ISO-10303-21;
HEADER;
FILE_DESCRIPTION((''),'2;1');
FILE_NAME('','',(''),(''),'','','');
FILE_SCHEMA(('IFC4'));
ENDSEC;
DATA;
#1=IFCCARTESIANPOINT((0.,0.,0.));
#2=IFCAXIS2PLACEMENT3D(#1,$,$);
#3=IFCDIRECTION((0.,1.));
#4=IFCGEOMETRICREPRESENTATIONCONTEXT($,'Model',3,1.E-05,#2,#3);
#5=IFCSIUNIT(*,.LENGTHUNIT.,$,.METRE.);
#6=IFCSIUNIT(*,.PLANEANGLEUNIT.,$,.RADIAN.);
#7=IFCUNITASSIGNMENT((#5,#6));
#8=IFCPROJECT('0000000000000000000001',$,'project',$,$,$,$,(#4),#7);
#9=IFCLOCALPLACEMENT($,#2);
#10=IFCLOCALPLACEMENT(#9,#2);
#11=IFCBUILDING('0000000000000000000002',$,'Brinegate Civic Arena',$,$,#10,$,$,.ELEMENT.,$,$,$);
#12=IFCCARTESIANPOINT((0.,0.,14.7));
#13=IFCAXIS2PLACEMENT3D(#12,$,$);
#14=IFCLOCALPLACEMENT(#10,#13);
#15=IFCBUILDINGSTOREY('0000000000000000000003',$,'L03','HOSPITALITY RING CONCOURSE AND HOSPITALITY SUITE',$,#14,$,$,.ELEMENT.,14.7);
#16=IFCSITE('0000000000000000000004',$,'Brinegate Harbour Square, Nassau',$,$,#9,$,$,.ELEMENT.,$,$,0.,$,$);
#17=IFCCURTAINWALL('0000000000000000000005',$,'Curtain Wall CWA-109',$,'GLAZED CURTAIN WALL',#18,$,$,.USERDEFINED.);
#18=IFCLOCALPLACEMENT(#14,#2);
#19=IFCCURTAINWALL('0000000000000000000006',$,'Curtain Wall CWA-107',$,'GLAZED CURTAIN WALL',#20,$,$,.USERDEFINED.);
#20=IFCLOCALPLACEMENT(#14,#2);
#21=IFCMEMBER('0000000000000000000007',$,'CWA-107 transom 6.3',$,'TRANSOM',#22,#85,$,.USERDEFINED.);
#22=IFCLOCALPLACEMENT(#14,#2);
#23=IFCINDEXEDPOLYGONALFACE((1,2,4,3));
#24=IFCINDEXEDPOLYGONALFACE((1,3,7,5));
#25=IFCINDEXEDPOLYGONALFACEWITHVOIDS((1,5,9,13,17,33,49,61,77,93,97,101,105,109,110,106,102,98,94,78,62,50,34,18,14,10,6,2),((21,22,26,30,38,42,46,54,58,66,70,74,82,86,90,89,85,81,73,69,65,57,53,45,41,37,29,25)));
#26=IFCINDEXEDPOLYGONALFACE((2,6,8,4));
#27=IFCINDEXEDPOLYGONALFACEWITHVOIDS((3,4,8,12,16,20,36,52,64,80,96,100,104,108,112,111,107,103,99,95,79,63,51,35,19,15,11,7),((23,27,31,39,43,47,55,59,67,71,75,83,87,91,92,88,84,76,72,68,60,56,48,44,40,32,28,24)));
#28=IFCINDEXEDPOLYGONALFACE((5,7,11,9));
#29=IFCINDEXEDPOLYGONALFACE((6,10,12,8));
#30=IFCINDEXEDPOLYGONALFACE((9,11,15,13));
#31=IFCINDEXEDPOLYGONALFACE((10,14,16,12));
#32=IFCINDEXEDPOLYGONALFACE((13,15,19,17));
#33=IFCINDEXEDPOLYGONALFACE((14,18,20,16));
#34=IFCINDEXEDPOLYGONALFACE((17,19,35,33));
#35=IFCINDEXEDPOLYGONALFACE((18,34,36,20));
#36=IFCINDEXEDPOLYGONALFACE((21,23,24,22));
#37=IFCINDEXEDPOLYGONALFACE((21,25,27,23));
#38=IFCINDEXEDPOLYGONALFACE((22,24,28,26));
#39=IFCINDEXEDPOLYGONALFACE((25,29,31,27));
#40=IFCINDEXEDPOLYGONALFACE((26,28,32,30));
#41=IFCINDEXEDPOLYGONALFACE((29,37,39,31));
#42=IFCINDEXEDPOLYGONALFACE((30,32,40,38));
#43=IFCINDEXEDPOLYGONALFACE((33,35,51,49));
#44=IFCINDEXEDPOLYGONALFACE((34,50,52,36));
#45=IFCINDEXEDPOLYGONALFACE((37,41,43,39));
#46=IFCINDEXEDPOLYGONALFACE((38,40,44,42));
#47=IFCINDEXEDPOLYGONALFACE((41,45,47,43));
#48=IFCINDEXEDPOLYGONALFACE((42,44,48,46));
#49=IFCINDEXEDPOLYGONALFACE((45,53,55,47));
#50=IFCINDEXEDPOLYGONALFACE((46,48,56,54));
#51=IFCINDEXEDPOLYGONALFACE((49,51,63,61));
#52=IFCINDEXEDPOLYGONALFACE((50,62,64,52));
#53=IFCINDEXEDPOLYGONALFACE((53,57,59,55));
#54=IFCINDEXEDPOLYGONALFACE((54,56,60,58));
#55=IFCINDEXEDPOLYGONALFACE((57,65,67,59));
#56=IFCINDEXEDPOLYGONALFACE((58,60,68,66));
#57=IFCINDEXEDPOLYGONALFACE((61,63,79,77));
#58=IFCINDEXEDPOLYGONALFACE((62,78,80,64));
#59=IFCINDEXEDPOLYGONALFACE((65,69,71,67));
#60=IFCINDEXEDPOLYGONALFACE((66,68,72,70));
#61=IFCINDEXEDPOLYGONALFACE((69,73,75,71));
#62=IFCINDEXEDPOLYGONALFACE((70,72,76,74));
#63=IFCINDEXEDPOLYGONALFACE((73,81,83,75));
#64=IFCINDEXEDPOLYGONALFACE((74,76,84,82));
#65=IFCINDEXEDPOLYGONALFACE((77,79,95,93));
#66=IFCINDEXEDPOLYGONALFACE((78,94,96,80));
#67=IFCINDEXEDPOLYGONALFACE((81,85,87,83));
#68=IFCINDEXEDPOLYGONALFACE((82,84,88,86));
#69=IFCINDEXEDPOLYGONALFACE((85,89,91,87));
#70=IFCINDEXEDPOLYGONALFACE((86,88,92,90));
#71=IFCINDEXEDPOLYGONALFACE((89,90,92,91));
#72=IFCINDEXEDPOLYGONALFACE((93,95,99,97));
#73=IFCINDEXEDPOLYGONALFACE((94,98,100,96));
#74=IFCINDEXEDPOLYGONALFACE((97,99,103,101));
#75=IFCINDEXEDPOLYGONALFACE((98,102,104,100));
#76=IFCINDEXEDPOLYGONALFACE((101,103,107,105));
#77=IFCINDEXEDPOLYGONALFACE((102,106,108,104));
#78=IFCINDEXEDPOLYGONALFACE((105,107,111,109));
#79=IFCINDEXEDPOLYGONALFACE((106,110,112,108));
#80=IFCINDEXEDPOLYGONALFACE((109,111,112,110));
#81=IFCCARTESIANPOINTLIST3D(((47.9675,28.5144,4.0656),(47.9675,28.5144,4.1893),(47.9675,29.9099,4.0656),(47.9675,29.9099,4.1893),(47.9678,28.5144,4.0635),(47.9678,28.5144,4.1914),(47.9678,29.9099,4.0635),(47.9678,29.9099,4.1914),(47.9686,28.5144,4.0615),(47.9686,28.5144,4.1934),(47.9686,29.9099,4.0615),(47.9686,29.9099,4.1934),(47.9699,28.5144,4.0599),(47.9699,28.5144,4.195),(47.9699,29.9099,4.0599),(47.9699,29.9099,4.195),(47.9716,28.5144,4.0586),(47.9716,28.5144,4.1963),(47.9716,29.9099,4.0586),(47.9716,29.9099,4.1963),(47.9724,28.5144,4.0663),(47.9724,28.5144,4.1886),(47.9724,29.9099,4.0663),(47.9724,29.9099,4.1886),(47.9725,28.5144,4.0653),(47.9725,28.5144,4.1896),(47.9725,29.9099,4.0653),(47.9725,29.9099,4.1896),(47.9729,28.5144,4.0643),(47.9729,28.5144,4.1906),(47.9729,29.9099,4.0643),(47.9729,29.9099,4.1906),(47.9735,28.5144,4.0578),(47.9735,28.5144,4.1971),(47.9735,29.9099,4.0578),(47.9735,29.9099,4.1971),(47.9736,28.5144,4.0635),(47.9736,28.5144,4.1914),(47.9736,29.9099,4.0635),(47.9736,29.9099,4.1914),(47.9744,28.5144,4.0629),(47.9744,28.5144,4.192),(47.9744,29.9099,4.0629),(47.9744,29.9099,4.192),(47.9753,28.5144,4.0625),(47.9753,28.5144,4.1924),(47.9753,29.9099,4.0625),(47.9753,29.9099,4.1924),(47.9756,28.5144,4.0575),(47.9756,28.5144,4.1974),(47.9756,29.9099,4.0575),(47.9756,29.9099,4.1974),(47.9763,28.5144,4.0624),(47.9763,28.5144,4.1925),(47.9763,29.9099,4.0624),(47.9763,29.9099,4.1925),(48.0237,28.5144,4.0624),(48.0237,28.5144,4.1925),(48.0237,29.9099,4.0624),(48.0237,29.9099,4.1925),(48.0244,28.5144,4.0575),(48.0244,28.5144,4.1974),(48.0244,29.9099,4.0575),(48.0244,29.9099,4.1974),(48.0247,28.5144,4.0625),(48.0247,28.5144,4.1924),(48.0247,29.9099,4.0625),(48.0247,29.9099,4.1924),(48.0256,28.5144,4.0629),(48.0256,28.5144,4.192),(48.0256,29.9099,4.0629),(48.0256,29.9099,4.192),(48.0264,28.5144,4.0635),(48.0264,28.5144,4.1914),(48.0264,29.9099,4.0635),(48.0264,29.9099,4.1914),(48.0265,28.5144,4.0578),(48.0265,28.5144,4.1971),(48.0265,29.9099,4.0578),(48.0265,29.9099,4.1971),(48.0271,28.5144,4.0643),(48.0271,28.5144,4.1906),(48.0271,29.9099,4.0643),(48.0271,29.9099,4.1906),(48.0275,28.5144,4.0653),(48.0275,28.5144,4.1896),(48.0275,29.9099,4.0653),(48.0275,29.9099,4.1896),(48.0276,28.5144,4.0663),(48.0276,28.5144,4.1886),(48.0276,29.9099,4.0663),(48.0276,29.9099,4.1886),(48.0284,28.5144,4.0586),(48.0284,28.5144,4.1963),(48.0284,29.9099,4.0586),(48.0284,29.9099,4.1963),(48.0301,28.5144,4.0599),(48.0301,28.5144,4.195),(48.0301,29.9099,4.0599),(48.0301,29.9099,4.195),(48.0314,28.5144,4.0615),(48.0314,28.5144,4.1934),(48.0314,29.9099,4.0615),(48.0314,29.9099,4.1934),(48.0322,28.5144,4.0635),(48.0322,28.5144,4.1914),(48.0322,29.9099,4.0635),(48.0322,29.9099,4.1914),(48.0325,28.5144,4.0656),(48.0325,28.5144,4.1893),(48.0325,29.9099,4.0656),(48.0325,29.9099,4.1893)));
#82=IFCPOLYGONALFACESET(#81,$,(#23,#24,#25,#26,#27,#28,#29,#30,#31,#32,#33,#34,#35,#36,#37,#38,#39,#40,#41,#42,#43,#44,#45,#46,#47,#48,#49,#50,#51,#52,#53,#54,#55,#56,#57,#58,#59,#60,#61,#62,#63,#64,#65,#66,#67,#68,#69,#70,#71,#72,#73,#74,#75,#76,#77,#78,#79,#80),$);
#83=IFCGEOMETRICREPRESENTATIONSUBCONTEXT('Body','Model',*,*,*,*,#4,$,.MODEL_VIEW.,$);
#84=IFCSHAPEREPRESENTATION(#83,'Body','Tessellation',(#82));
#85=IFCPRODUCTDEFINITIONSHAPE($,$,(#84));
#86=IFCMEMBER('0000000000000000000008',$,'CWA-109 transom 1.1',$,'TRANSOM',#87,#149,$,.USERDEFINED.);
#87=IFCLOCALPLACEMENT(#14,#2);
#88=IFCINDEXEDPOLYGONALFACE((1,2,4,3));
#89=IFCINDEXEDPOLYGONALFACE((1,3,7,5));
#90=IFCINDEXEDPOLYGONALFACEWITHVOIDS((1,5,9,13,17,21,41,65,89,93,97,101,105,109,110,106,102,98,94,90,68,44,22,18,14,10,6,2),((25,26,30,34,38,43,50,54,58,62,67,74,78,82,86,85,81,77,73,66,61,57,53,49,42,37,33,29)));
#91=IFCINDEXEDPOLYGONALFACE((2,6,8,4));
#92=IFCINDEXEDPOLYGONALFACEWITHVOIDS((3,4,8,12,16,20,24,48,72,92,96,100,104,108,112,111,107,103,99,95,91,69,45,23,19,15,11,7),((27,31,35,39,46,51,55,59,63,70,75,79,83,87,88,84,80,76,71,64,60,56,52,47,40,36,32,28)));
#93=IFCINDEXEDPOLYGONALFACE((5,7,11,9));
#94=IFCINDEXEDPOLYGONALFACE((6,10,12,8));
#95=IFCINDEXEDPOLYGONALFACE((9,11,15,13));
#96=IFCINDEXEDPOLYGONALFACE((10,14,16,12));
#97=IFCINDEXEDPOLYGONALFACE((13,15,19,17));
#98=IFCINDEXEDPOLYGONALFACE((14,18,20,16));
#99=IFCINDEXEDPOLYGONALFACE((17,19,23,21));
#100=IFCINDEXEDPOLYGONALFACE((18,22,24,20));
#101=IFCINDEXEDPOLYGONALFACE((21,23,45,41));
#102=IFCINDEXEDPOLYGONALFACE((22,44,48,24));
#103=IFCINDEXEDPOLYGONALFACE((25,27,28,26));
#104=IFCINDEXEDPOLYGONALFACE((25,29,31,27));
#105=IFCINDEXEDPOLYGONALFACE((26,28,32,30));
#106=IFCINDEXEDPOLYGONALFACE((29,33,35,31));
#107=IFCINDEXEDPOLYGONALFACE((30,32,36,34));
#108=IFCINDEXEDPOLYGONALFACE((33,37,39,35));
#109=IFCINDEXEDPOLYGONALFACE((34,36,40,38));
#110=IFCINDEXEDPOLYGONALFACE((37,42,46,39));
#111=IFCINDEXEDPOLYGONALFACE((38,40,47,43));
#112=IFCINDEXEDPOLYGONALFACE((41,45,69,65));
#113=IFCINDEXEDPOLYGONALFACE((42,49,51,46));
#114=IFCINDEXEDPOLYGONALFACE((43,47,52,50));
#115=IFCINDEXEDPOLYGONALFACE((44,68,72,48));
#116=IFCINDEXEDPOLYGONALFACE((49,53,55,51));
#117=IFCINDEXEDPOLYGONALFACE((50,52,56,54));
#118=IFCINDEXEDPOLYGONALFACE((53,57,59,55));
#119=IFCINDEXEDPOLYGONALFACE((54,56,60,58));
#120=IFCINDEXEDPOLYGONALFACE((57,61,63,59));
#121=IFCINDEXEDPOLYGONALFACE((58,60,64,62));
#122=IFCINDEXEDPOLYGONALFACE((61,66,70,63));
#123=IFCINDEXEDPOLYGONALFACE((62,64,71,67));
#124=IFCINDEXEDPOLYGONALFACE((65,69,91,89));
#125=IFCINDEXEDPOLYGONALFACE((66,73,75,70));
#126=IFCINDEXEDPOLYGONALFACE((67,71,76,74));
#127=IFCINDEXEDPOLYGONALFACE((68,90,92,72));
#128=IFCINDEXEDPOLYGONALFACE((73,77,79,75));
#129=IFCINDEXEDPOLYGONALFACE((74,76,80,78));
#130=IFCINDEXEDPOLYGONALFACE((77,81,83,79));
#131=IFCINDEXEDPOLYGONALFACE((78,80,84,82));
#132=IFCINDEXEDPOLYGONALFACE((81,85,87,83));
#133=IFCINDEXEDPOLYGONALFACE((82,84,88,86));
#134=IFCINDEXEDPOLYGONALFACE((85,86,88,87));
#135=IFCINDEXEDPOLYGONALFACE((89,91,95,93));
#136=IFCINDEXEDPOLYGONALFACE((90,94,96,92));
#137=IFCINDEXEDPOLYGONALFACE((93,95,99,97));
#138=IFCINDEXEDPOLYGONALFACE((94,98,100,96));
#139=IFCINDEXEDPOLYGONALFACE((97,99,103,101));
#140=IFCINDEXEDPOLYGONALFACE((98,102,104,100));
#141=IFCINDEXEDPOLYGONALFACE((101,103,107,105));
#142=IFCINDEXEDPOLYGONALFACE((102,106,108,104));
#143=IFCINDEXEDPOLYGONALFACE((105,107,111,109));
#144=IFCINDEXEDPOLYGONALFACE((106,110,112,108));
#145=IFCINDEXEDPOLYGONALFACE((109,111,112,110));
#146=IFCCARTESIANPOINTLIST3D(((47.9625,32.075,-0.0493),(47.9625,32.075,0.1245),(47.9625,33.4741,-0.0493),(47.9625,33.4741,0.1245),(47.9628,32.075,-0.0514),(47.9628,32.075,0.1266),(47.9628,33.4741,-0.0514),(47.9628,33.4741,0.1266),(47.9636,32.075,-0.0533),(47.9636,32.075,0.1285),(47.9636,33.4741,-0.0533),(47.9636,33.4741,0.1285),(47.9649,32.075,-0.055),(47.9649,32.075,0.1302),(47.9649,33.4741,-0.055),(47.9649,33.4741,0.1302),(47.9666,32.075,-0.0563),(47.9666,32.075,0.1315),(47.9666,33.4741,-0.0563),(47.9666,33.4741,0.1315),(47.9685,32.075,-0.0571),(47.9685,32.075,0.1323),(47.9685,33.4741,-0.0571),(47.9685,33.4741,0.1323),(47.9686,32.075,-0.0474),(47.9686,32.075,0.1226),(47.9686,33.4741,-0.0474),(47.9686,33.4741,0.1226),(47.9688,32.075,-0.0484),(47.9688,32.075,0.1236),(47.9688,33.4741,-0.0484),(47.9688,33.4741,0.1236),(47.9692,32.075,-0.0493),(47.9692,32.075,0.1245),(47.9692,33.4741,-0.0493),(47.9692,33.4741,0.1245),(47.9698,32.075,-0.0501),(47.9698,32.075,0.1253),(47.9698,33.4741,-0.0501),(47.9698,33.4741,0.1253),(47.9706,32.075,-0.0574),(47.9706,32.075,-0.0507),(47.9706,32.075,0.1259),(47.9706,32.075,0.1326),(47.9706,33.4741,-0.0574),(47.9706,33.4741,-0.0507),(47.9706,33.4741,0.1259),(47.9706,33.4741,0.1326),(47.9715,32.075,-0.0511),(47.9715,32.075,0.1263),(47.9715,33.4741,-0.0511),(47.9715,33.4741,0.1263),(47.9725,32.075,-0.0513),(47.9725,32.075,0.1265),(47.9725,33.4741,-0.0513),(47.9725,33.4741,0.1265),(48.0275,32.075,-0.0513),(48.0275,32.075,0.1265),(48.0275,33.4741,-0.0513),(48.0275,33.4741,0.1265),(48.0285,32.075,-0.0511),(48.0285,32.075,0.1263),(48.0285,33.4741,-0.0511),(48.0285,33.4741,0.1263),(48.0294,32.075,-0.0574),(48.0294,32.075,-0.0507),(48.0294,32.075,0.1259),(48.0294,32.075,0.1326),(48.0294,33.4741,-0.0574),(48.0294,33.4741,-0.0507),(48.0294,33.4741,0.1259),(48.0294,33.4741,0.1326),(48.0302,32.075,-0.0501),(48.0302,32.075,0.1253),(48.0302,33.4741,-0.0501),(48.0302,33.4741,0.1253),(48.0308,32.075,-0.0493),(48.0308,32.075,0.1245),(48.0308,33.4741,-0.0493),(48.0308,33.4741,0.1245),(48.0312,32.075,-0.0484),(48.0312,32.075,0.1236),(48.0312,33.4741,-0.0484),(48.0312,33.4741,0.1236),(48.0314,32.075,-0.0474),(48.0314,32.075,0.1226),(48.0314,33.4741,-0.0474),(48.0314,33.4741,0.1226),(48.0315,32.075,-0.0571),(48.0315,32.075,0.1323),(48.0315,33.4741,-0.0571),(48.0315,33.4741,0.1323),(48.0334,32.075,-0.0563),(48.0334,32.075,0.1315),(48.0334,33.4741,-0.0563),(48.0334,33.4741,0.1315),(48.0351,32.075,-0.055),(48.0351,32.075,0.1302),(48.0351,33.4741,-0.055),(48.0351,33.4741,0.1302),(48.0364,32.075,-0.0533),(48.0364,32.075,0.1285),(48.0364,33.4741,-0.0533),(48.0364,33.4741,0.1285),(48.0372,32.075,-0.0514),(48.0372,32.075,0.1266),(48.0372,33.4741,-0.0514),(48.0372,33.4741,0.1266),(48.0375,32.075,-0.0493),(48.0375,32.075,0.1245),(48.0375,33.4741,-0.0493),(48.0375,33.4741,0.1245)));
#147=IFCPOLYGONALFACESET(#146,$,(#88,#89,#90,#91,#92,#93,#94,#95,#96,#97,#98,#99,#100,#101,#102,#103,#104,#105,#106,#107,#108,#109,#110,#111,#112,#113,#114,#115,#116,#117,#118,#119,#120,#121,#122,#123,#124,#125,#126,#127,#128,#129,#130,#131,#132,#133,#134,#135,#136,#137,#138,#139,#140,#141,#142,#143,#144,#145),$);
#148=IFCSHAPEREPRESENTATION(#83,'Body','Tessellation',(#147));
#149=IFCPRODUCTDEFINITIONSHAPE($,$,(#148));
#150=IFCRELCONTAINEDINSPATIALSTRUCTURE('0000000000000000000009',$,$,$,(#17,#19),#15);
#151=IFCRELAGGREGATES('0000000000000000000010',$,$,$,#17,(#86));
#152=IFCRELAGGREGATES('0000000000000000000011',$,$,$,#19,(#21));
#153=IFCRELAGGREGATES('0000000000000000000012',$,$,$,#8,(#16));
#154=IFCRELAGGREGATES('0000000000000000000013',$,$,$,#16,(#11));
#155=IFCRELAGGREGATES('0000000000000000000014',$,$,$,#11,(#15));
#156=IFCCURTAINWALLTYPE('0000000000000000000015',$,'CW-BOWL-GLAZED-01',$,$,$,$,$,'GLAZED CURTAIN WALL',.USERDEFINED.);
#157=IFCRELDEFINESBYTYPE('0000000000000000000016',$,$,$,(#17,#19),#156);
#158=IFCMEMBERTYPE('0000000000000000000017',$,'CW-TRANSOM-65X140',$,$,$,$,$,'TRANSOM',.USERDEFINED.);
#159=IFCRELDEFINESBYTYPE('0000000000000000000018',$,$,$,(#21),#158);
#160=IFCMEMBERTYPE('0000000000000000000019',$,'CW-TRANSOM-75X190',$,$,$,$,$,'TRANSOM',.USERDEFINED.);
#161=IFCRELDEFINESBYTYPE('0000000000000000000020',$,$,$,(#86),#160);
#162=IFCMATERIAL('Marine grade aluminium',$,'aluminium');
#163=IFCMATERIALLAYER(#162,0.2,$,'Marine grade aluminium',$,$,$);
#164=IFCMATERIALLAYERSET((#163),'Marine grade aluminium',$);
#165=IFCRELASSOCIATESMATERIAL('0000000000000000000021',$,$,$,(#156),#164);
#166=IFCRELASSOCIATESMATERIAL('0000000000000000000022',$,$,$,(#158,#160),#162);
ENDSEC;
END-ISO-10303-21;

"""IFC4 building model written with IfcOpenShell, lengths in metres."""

from ifc_helpers import new_model, si_unit, direction, frame, origin, origin_2d, place, context, subcontext, project, spatial, hollow_rectangle, extrude, material, layer, layer_set, material_profile, profile_set, type_object, element, aggregate, save


model = new_model("IFC4")

# Units and contexts
model_context = context("Model", 3, precision=1e-05, world=origin(), true_north=direction((0.0, 1.0)))
body_context = subcontext(model_context, "Body", "Model", "MODEL_VIEW")
ifc_project = project(units=[si_unit("LENGTHUNIT", "METRE"), si_unit("PLANEANGLEUNIT", "RADIAN")], contexts=[model_context])

# Site, building, storey
site_placement = place(None, origin())
site = spatial("IfcSite", under=ifc_project, at=site_placement, Name="Brinegate Harbour Square, Nassau", CompositionType="ELEMENT", RefElevation=0.0)
building_placement = place(site_placement, origin())
building = spatial("IfcBuilding", under=site, at=building_placement, Name="Brinegate Civic Arena", CompositionType="ELEMENT")
storey_placement = place(building_placement, frame((0.0, 0.0, 14.7)))
storey = spatial("IfcBuildingStorey", under=building, at=storey_placement, Name="L03", Description="HOSPITALITY RING CONCOURSE AND HOSPITALITY SUITE", CompositionType="ELEMENT", Elevation=14.7)

# Curtain walls, member
ifc_material_1 = material(Name="Marine grade aluminium", Category="aluminium")
ifc_layer_1 = layer(ifc_material_1, 0.2, Name="Marine grade aluminium")
ifc_layer_set_1 = layer_set([ifc_layer_1], Name="Marine grade aluminium")
curtain_wall_type = type_object("IfcCurtainWallType", Name="CW-BOWL-GLAZED-01", ElementType="GLAZED CURTAIN WALL", PredefinedType="USERDEFINED", material=ifc_layer_set_1)
curtain_wall_1_placement = place(storey_placement, origin())
curtain_wall_1 = element("IfcCurtainWall", 1, at=curtain_wall_1_placement, inside=storey, type_object=curtain_wall_type, Name="Curtain Wall CWA-109", ObjectType="GLAZED CURTAIN WALL", PredefinedType="USERDEFINED")
curtain_wall_2_placement = place(storey_placement, origin())
curtain_wall_2 = element("IfcCurtainWall", 2, at=curtain_wall_2_placement, inside=storey, type_object=curtain_wall_type, Name="Curtain Wall CWA-107", ObjectType="GLAZED CURTAIN WALL", PredefinedType="USERDEFINED")
ifc_material_profile_1 = material_profile(ifc_material_1, hollow_rectangle(XDim=0.0649, YDim=0.1399, WallThickness=0.0049, InnerFilletRadius=0.0039, OuterFilletRadius=0.0081, at=origin_2d()), Name="TRN65X140")
ifc_profile_set_1 = profile_set([ifc_material_profile_1], Name="Marine grade aluminium")
member_type_1 = type_object("IfcMemberType", Name="CW-TRANSOM-65X140", ElementType="TRANSOM", PredefinedType="USERDEFINED", material=ifc_profile_set_1)
member_1_placement = place(storey_placement, frame((48.0, 28.5144, 4.1274), z_axis=(0.0, 1.0, 0.0), x_axis=(-1.0, 0.0, 0.0)))
member_1 = element("IfcMember", 3, at=member_1_placement, type_object=member_type_1, Name="CWA-107 transom 6.3", ObjectType="TRANSOM", PredefinedType="USERDEFINED", context=body_context, shape_type="SweptSolid", body=[
    extrude(hollow_rectangle(XDim=0.0649, YDim=0.1399, WallThickness=0.0049, InnerFilletRadius=0.0039, OuterFilletRadius=0.0081, at=origin_2d()), origin(), (0.0, 0.0, 1.0), 1.3955),
])

# Member
ifc_material_profile_2 = material_profile(ifc_material_1, hollow_rectangle(XDim=0.075, YDim=0.1899, WallThickness=0.0061, InnerFilletRadius=0.0039, OuterFilletRadius=0.0081, at=origin_2d()), Name="TRN75X190")
ifc_profile_set_2 = profile_set([ifc_material_profile_2], Name="Marine grade aluminium")
member_type_2 = type_object("IfcMemberType", Name="CW-TRANSOM-75X190", ElementType="TRANSOM", PredefinedType="USERDEFINED", material=ifc_profile_set_2)
member_2_placement = place(storey_placement, frame((48.0, 32.075, 0.0376), z_axis=(0.0, 1.0, 0.0), x_axis=(-1.0, 0.0, 0.0)))
member_2 = element("IfcMember", 4, at=member_2_placement, type_object=member_type_2, Name="CWA-109 transom 1.1", ObjectType="TRANSOM", PredefinedType="USERDEFINED", context=body_context, shape_type="SweptSolid", body=[
    extrude(hollow_rectangle(XDim=0.075, YDim=0.1899, WallThickness=0.0061, InnerFilletRadius=0.0039, OuterFilletRadius=0.0081, at=origin_2d()), origin(), (0.0, 0.0, 1.0), 1.3992),
])

aggregate(curtain_wall_1, [member_2])
aggregate(curtain_wall_2, [member_1])

save(model, "model.ifc")
